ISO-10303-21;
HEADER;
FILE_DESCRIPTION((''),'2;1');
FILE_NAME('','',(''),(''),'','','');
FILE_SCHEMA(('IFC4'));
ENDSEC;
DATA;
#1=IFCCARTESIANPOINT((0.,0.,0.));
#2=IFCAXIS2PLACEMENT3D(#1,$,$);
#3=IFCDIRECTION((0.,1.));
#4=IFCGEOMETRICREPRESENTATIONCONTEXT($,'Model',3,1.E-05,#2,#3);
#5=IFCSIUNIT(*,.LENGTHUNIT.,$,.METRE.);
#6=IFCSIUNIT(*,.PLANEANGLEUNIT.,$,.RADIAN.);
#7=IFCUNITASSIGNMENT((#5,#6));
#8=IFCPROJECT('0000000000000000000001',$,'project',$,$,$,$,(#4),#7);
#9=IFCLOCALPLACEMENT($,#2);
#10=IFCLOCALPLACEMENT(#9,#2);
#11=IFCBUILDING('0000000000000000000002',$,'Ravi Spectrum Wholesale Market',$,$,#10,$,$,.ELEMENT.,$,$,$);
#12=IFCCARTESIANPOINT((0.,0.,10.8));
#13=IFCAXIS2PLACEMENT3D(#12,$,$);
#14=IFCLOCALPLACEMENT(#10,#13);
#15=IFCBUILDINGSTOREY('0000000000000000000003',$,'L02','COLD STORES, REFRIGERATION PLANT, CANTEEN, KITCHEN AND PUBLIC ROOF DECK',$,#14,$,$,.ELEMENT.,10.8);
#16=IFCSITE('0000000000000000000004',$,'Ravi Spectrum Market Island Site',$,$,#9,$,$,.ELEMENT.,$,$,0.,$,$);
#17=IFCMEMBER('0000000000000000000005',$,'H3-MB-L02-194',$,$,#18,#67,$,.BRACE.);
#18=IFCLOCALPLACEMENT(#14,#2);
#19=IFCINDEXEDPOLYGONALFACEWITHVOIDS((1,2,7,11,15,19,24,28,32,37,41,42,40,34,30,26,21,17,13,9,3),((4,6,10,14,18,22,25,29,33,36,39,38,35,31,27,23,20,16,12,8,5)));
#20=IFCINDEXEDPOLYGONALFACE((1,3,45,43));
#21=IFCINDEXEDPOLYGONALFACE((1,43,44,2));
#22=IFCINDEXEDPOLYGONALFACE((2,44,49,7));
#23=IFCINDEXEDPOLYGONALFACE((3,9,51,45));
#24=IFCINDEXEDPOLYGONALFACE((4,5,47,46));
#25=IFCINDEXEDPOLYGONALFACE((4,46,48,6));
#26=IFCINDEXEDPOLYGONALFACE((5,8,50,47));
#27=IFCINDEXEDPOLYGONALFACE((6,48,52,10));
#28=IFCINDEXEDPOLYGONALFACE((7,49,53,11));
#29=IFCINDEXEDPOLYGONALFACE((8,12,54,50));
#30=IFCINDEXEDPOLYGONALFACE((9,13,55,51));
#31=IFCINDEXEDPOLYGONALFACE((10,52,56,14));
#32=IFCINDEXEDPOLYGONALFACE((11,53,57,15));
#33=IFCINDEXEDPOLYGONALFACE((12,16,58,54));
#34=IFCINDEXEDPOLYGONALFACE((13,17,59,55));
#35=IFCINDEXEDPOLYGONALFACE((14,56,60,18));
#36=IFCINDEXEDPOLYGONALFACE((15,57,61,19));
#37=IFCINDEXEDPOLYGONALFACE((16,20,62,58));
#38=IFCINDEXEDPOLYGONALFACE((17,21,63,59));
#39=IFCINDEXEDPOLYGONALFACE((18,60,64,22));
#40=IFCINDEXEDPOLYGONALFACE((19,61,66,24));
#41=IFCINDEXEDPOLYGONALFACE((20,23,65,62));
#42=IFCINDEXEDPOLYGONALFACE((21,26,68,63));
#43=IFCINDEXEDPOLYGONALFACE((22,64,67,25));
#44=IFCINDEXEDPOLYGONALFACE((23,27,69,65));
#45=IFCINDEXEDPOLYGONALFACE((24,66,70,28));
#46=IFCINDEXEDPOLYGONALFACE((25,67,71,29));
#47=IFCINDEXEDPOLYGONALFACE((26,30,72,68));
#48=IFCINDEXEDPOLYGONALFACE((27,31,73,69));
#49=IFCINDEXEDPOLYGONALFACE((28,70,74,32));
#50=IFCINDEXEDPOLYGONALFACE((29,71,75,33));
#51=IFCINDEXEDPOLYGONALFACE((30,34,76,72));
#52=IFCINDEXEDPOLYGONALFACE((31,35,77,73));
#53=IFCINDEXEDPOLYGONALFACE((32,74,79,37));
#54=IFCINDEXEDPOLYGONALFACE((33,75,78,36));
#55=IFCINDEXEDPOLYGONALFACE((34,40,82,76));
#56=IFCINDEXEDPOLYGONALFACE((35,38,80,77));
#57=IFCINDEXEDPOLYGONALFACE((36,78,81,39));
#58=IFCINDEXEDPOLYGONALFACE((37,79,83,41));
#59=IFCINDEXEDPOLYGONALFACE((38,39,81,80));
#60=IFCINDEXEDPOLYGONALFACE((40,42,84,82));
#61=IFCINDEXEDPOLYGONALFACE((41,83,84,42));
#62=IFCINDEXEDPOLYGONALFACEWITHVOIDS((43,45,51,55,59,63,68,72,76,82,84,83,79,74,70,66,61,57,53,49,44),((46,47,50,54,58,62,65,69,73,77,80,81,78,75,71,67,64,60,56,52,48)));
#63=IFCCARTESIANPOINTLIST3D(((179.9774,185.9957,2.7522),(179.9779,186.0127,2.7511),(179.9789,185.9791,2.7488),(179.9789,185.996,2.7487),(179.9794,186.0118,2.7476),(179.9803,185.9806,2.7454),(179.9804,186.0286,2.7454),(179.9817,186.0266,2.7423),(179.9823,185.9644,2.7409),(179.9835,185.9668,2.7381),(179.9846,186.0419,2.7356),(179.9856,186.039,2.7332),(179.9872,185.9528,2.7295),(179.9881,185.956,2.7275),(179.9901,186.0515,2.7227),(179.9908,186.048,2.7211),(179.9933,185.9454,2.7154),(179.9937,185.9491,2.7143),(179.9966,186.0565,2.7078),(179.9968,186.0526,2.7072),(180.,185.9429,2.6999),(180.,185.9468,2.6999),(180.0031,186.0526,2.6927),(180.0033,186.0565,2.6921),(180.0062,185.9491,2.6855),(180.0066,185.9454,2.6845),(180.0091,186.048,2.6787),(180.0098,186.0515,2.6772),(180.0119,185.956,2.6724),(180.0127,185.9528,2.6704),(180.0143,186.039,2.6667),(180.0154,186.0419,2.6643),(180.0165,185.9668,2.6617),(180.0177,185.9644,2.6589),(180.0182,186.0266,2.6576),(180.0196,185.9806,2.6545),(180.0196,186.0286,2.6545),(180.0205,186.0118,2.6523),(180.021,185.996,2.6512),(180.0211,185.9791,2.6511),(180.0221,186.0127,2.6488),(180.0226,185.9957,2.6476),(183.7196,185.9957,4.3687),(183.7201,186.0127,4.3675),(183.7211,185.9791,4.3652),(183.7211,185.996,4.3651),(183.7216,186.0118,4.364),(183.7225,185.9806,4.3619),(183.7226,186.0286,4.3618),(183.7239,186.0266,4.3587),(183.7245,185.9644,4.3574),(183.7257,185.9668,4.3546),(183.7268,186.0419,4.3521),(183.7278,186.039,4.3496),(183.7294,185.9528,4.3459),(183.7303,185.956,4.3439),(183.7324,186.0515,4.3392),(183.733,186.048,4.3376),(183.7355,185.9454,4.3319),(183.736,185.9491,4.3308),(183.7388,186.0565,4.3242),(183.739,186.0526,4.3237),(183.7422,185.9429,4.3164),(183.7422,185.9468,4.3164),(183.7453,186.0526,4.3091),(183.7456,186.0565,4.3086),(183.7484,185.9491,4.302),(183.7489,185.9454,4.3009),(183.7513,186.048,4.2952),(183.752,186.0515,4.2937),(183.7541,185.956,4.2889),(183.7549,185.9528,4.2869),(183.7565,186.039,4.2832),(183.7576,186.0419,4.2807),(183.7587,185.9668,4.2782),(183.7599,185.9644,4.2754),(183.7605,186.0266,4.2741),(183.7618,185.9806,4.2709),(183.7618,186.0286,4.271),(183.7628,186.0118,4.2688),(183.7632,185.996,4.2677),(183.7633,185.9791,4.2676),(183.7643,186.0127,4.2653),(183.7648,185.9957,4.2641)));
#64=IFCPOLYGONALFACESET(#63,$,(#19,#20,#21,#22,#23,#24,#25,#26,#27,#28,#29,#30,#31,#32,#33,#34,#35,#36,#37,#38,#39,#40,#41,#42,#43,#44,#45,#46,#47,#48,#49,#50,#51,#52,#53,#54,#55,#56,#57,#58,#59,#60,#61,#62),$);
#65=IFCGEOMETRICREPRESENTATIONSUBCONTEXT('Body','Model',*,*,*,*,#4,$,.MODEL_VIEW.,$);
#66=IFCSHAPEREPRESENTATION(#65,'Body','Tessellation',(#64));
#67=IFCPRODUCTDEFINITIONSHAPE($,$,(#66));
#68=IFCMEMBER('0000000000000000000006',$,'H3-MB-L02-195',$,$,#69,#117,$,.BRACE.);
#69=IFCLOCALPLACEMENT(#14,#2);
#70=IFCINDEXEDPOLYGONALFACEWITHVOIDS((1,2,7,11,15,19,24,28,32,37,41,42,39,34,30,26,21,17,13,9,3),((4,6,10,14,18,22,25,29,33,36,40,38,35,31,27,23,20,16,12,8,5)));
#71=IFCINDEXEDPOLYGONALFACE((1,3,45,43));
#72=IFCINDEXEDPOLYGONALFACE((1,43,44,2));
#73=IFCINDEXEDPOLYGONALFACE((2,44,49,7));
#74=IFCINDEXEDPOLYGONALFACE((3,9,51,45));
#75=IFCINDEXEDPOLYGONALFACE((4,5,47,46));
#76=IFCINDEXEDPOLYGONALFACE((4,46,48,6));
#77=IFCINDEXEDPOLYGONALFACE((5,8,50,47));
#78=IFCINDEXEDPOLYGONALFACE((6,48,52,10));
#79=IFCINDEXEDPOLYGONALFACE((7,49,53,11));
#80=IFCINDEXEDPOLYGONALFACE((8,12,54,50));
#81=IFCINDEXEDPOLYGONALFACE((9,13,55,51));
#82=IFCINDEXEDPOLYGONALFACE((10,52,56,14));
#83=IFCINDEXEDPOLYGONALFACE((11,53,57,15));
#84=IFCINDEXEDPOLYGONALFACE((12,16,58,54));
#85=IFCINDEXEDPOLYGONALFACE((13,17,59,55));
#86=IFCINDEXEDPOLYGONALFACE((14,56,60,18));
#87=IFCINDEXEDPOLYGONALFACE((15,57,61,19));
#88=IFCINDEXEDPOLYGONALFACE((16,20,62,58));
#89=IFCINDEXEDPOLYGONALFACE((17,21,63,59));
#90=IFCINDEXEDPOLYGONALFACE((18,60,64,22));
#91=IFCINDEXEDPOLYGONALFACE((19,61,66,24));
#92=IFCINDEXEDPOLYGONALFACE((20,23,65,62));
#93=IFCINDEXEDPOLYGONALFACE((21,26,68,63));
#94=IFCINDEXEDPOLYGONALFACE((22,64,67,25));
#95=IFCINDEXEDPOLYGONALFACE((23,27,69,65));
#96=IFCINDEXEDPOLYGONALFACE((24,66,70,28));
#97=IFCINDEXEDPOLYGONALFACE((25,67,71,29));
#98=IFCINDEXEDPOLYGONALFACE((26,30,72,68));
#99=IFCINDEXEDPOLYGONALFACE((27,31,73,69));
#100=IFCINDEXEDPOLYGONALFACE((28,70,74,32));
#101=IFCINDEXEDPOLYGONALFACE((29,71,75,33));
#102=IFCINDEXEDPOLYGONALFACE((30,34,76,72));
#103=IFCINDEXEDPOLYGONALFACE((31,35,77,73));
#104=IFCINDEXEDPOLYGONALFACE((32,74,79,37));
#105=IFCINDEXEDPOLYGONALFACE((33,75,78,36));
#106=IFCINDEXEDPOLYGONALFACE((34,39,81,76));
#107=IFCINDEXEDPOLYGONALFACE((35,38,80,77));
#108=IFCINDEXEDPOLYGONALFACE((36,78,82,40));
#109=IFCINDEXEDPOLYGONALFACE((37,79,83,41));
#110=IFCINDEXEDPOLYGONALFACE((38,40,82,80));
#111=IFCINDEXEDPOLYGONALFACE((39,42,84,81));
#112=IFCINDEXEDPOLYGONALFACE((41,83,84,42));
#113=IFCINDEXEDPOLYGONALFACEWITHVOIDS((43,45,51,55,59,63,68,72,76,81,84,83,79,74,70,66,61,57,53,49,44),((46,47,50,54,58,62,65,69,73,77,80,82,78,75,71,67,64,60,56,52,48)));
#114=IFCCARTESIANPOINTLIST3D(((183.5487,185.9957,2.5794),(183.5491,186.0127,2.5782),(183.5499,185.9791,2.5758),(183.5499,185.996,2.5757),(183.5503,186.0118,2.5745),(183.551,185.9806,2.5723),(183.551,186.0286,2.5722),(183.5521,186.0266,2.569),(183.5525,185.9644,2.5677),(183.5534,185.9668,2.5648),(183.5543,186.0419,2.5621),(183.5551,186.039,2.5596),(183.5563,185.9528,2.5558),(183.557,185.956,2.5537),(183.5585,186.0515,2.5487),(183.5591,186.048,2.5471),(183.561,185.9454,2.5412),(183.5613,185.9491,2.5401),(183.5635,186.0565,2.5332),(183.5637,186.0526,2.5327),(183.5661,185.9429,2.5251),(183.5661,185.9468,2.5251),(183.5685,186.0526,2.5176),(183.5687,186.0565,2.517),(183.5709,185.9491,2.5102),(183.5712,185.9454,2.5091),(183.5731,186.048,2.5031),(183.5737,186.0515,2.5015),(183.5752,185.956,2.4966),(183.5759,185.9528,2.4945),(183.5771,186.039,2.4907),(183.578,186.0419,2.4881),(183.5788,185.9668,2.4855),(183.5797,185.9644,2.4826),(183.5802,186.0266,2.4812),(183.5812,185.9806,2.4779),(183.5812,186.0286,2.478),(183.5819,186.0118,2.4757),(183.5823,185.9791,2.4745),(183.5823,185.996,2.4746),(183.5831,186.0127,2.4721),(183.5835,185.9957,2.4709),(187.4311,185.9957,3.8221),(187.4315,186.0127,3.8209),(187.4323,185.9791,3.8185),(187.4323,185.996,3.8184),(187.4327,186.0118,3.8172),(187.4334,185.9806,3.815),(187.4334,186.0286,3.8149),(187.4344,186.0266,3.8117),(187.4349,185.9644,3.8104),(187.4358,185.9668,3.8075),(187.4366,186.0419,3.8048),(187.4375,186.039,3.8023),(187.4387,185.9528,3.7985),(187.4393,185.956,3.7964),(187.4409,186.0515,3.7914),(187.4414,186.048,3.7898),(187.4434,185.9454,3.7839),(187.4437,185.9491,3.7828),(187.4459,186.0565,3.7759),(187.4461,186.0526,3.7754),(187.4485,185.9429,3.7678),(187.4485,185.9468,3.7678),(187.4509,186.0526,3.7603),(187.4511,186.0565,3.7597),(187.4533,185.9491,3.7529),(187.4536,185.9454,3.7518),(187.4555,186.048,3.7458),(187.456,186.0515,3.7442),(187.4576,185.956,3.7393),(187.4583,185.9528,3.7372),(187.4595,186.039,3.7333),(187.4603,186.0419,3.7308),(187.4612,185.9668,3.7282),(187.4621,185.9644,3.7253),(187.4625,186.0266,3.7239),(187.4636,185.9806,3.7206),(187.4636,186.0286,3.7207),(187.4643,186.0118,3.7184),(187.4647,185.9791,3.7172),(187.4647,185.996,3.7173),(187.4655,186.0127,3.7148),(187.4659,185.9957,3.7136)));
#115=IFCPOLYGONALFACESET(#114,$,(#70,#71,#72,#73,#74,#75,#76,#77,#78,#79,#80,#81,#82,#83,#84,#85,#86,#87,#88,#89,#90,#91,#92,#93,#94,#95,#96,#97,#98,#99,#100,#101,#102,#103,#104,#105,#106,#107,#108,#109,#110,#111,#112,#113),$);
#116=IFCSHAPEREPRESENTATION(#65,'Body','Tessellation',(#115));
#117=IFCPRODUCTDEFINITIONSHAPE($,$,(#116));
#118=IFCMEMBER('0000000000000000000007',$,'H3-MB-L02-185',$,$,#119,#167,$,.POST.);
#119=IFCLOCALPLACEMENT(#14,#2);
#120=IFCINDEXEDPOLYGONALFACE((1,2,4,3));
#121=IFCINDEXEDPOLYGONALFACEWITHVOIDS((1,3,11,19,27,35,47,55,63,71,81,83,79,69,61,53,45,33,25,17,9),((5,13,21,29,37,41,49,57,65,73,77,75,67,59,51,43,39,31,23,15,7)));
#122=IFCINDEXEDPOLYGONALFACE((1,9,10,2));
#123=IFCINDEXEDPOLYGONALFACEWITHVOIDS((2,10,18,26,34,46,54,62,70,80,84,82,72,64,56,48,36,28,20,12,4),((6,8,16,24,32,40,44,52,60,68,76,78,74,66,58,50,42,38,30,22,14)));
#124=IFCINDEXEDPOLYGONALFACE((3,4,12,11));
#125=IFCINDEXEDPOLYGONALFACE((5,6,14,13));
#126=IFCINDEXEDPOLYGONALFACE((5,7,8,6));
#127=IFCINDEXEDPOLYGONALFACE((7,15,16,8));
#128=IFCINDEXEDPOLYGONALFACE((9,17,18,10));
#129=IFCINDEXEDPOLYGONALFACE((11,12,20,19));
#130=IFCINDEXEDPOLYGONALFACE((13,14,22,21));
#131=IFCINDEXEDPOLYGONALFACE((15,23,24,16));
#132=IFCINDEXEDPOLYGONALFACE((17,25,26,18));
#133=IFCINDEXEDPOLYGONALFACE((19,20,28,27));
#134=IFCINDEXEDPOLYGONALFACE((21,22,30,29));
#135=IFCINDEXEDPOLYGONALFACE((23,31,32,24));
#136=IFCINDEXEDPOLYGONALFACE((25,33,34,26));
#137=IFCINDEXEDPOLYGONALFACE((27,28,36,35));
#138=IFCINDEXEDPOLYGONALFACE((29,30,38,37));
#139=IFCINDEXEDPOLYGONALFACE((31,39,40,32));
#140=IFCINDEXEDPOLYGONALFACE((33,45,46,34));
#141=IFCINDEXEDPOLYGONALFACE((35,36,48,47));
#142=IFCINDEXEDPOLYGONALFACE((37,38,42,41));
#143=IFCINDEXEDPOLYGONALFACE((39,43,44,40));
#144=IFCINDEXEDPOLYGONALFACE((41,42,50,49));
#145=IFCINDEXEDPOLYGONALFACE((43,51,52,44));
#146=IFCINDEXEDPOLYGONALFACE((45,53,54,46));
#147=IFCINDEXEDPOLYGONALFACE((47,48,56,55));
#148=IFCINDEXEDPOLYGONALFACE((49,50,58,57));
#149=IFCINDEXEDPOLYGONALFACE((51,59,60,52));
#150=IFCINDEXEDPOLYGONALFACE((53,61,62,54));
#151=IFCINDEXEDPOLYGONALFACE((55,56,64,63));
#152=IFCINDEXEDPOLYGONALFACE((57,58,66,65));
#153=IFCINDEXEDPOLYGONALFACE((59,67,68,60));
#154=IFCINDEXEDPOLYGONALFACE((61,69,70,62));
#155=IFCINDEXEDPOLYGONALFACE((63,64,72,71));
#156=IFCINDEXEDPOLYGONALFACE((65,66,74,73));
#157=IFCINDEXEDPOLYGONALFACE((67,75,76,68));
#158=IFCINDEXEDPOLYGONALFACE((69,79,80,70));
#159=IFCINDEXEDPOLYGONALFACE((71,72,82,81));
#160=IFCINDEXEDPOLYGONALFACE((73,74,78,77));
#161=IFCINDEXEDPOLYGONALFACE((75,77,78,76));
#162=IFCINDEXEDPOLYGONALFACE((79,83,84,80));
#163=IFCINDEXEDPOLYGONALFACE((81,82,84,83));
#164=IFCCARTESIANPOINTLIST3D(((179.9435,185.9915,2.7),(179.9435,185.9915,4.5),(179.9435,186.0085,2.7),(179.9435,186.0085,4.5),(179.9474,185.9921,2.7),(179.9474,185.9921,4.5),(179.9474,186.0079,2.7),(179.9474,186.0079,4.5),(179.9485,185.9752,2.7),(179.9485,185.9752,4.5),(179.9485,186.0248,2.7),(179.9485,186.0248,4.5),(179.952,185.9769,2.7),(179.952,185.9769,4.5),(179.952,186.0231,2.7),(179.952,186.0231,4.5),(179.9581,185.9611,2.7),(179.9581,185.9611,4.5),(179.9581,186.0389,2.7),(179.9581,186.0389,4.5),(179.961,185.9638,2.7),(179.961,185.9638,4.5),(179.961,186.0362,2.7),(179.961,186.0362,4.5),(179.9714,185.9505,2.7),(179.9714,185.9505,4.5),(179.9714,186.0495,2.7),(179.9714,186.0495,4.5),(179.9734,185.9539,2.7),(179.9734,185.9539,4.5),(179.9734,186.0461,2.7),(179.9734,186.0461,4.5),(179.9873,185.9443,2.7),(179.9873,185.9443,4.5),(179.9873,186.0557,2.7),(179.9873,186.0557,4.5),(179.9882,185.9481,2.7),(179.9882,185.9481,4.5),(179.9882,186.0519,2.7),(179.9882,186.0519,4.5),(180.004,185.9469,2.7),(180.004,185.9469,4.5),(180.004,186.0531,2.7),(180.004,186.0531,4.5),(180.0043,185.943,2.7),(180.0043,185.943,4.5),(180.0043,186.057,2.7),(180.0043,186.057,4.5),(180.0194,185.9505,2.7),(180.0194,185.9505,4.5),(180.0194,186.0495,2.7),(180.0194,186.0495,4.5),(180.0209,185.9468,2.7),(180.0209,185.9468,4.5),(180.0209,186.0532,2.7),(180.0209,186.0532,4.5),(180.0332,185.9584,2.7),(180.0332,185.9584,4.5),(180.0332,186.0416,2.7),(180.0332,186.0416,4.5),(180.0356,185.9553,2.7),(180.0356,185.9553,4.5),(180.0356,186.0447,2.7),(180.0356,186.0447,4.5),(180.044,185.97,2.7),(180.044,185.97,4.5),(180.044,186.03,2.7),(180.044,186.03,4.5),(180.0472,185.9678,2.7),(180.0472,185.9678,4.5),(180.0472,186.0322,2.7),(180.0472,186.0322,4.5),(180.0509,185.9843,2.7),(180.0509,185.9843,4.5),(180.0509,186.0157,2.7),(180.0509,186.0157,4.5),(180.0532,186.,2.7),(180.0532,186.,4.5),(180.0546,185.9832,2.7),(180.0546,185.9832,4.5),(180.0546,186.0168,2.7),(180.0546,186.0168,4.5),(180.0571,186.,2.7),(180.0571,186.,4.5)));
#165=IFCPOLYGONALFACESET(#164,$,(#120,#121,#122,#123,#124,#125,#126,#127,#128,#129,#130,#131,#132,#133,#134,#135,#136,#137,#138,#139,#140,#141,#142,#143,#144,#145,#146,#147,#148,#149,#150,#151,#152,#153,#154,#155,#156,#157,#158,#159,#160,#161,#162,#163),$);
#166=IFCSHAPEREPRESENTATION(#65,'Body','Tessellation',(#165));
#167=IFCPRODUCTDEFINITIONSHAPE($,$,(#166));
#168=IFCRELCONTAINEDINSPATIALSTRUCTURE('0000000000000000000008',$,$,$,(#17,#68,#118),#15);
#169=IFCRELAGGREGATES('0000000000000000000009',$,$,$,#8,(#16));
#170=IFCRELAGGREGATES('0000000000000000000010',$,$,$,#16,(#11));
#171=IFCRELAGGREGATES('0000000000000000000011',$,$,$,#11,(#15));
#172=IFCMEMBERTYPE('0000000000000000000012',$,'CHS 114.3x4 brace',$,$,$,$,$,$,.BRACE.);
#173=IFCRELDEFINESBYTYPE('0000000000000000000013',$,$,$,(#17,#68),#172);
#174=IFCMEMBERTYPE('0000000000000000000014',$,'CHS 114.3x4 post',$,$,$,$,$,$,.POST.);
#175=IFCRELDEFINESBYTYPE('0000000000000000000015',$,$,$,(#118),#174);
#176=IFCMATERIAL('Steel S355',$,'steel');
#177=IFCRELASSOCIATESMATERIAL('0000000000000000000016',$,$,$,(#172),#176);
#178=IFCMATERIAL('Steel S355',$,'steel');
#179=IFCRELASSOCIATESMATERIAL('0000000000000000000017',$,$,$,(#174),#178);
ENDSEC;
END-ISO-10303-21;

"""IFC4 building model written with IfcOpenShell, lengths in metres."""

from ifc_helpers import new_model, si_unit, direction, frame, origin, origin_2d, place, context, subcontext, project, spatial, hollow_circle, extrude, material, material_profile, profile_set, type_object, element, save


model = new_model("IFC4")

# Units and contexts
model_context = context("Model", 3, precision=1e-05, world=origin(), true_north=direction((0.0, 1.0)))
body_context = subcontext(model_context, "Body", "Model", "MODEL_VIEW")
ifc_project = project(units=[si_unit("LENGTHUNIT", "METRE"), si_unit("PLANEANGLEUNIT", "RADIAN")], contexts=[model_context])

# Site, building, storey
site_placement = place(None, origin())
site = spatial("IfcSite", under=ifc_project, at=site_placement, Name="Ravi Spectrum Market Island Site", CompositionType="ELEMENT", RefElevation=0.0)
building_placement = place(site_placement, origin())
building = spatial("IfcBuilding", under=site, at=building_placement, Name="Ravi Spectrum Wholesale Market", CompositionType="ELEMENT")
storey_placement = place(building_placement, frame((0.0, 0.0, 10.8)))
storey = spatial("IfcBuildingStorey", under=building, at=storey_placement, Name="L02", Description="COLD STORES, REFRIGERATION PLANT, CANTEEN, KITCHEN AND PUBLIC ROOF DECK", CompositionType="ELEMENT", Elevation=10.8)

# Members
ifc_material_1 = material(Name="Steel S355", Category="steel")
ifc_material_profile_1 = material_profile(ifc_material_1, hollow_circle(Radius=0.0571, WallThickness=0.0039, at=origin_2d()))
ifc_profile_set_1 = profile_set([ifc_material_profile_1], Name="Steel S355")
member_type_1 = type_object("IfcMemberType", Name="CHS 114.3x4 brace", PredefinedType="BRACE", material=ifc_profile_set_1)
for number, where, z_axis, x_axis, name in (
    (1, (183.7422, 186.0, 4.3164), (-0.918017, 0.0, -0.396542), (0.0, -1.0, 0.0), "H3-MB-L02-194"),
    (2, (187.4485, 186.0, 3.7678), (-0.952401, 0.0, -0.30485), (0.0, -1.0, 0.0), "H3-MB-L02-195"),
):
    element("IfcMember", number, at=place(storey_placement, frame(where, z_axis=z_axis, x_axis=x_axis)), inside=storey, type_object=member_type_1, Name=name, PredefinedType="BRACE", context=body_context, shape_type="SweptSolid", body=[
        extrude(hollow_circle(Radius=0.0571, WallThickness=0.0039, at=origin_2d()), origin(), (0.0, 0.0, 1.0), 4.0764),
    ])
ifc_material_2 = material(Name="Steel S355", Category="steel")
ifc_material_profile_2 = material_profile(ifc_material_2, hollow_circle(Radius=0.0571, WallThickness=0.0039, at=origin_2d()))
ifc_profile_set_2 = profile_set([ifc_material_profile_2], Name="Steel S355")
member_type_2 = type_object("IfcMemberType", Name="CHS 114.3x4 post", PredefinedType="POST", material=ifc_profile_set_2)
member_1_placement = place(storey_placement, frame((180.0, 186.0, 4.5), z_axis=(0.0, 0.0, -1.0), x_axis=(1.0, 0.0, 0.0)))
element("IfcMember", 3, at=member_1_placement, inside=storey, type_object=member_type_2, Name="H3-MB-L02-185", PredefinedType="POST", context=body_context, shape_type="SweptSolid", body=[
    extrude(hollow_circle(Radius=0.0571, WallThickness=0.0039, at=origin_2d()), origin(), (0.0, 0.0, 1.0), 1.8),
])

save(model, "model.ifc")
